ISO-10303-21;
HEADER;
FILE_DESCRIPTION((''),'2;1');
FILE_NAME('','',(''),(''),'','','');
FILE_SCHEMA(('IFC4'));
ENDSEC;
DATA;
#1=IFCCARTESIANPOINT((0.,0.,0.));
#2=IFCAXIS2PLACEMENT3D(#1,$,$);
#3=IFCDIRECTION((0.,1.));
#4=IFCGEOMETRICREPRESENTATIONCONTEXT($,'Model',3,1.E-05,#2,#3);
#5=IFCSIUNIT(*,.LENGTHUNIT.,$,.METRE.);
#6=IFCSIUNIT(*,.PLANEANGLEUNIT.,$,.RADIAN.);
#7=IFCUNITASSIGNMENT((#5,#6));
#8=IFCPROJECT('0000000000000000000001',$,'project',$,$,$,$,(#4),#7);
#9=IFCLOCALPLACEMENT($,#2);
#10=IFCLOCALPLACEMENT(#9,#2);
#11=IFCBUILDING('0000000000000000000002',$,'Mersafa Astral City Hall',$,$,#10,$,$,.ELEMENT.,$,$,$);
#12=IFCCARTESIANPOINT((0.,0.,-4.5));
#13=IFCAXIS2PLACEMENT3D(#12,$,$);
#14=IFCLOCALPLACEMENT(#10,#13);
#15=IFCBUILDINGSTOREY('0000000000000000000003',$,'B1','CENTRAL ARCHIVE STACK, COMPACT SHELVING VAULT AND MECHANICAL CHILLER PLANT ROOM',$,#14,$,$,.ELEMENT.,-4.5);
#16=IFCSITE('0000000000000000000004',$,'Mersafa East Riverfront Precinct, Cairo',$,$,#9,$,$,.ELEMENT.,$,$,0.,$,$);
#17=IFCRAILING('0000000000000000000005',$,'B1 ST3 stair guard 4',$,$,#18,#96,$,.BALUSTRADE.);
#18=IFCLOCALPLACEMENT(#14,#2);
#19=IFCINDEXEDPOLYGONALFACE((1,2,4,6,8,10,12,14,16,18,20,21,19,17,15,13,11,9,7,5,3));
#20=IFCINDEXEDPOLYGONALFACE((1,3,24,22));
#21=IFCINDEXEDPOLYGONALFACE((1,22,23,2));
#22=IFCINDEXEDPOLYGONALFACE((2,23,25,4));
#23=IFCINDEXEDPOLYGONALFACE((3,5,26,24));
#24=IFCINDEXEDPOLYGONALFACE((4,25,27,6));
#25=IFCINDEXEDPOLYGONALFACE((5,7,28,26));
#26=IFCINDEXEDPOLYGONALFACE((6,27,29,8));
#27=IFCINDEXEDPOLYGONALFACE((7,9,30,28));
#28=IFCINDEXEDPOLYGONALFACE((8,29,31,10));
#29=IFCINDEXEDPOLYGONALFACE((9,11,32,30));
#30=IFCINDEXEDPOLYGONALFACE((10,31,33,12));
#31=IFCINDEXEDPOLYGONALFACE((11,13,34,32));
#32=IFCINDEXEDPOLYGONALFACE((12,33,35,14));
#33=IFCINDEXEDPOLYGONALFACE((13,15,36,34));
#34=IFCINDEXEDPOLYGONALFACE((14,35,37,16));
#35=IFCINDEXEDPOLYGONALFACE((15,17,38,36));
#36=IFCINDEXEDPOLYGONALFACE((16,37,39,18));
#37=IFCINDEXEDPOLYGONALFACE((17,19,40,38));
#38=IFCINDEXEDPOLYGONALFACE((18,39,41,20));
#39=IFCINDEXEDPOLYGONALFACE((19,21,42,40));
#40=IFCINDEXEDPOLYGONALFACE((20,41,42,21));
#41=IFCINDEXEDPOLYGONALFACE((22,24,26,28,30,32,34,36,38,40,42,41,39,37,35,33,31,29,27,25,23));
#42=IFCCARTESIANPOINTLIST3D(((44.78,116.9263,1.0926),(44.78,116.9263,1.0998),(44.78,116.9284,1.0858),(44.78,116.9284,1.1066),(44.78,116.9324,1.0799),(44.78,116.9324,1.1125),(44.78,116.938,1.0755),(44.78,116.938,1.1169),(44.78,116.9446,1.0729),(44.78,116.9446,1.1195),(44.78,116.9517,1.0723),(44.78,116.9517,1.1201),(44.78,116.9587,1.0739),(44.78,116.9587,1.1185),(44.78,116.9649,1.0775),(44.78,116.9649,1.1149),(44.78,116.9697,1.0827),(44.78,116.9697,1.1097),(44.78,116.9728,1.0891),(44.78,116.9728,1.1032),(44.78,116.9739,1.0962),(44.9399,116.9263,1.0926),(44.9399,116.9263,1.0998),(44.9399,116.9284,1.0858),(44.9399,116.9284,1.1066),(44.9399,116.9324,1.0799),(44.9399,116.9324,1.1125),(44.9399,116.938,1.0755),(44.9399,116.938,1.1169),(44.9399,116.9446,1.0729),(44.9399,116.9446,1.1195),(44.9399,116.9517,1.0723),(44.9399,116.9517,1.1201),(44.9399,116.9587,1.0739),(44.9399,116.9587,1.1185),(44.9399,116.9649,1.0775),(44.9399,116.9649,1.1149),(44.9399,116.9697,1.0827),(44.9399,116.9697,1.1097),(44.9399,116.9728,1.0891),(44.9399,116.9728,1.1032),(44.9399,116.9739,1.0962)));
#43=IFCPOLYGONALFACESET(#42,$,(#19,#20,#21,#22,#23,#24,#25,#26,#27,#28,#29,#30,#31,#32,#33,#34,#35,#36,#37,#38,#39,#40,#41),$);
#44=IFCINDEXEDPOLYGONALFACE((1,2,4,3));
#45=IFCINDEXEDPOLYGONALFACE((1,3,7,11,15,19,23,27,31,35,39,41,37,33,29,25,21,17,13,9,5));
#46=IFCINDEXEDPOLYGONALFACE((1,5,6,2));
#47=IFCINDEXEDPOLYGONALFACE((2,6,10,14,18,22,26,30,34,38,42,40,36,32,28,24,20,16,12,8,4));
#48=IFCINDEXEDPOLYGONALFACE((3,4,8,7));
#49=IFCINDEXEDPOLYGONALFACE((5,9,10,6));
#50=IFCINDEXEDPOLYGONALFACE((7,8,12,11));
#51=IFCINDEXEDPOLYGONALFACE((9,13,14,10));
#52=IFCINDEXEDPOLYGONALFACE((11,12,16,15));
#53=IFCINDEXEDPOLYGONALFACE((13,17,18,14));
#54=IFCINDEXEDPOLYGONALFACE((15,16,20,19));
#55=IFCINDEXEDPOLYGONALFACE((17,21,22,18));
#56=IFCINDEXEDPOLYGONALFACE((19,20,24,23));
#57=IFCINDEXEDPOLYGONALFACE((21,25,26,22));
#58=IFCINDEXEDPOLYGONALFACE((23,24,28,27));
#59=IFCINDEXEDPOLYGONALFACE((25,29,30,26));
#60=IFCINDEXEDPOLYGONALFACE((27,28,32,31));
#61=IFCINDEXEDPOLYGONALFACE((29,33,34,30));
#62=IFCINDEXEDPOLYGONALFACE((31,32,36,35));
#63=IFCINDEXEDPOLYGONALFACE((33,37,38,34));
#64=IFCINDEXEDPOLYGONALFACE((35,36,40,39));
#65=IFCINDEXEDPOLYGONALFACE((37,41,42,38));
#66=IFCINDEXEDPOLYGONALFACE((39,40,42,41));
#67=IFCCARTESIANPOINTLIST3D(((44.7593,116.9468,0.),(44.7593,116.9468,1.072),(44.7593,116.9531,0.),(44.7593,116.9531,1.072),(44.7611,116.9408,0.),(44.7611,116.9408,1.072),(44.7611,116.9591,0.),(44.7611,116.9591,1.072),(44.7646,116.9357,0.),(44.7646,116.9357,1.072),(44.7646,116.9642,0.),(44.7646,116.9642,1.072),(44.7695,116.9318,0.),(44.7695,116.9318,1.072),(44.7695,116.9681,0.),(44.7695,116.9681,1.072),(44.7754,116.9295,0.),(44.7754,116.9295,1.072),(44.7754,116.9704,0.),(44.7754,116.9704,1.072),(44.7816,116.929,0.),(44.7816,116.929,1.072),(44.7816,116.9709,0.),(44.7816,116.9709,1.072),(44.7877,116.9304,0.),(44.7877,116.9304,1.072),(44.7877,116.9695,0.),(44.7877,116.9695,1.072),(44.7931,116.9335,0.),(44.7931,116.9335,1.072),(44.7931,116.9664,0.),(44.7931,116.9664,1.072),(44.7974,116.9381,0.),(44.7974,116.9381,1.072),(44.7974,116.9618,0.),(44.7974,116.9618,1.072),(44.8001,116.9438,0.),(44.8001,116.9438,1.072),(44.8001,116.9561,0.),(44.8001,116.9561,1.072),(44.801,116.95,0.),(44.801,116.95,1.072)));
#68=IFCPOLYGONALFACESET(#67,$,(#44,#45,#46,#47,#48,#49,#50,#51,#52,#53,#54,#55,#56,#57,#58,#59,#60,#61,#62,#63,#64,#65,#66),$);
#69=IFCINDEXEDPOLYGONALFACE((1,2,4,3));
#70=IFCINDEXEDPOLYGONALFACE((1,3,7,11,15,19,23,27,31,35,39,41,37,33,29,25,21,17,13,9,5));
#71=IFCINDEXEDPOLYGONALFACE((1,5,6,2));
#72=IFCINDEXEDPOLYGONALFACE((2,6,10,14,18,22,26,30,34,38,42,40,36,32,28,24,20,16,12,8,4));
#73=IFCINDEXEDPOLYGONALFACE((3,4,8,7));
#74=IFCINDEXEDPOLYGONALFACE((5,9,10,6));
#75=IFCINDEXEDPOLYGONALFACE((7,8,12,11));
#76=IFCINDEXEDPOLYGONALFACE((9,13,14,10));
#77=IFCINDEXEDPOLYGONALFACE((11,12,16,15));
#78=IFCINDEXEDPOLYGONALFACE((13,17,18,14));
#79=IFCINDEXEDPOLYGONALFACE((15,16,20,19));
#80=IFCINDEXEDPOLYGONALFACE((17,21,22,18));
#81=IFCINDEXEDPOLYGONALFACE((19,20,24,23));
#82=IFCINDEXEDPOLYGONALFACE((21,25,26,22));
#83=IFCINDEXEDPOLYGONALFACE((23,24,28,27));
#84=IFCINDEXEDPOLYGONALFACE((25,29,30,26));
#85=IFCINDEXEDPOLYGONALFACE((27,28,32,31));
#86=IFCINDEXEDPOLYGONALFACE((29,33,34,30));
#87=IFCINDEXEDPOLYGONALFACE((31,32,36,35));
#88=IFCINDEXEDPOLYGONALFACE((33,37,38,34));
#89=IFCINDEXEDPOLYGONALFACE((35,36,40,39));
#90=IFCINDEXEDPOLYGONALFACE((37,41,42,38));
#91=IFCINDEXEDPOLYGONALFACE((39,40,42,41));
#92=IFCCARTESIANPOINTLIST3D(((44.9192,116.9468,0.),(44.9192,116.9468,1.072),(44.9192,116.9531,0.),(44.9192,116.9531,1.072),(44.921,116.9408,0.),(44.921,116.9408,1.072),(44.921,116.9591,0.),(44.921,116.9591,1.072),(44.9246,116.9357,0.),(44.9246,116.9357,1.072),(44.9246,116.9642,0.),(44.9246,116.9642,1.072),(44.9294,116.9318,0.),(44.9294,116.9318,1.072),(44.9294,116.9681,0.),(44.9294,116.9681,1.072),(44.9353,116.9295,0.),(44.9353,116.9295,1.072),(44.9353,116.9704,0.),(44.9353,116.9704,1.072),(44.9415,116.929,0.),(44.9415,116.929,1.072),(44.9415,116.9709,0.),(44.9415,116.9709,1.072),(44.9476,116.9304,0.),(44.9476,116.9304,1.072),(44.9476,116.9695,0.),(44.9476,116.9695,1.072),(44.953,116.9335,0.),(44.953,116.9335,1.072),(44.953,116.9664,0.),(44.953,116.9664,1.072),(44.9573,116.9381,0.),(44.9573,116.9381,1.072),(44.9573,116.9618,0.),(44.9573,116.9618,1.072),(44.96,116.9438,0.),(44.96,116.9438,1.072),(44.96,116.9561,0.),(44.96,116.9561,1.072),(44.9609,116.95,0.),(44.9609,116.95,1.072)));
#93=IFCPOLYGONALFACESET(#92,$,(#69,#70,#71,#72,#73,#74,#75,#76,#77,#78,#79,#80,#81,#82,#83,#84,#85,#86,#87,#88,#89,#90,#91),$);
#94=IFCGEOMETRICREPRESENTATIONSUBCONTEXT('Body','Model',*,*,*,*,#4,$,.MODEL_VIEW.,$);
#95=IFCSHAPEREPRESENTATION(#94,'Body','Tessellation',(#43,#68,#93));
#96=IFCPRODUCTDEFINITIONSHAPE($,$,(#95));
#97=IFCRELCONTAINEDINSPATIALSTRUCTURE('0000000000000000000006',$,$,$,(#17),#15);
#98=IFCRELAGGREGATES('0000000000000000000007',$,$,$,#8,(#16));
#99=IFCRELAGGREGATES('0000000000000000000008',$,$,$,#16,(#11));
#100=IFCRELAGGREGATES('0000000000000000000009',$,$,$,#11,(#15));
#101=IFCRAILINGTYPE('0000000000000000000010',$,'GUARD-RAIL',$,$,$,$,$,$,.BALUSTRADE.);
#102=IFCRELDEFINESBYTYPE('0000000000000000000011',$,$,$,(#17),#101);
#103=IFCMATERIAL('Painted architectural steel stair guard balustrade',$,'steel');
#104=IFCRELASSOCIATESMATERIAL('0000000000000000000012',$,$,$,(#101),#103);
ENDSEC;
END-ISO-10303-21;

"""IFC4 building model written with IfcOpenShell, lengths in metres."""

from ifc_helpers import new_model, si_unit, direction, frame, origin, origin_2d, place, context, subcontext, project, spatial, circle, extrude, material, type_object, element, save


model = new_model("IFC4")

# Units and contexts
model_context = context("Model", 3, precision=1e-05, world=origin(), true_north=direction((0.0, 1.0)))
body_context = subcontext(model_context, "Body", "Model", "MODEL_VIEW")
ifc_project = project(units=[si_unit("LENGTHUNIT", "METRE"), si_unit("PLANEANGLEUNIT", "RADIAN")], contexts=[model_context])

# Site, building, storey
site_placement = place(None, origin())
site = spatial("IfcSite", under=ifc_project, at=site_placement, Name="Mersafa East Riverfront Precinct, Cairo", CompositionType="ELEMENT", RefElevation=0.0)
building_placement = place(site_placement, origin())
building = spatial("IfcBuilding", under=site, at=building_placement, Name="Mersafa Astral City Hall", CompositionType="ELEMENT")
storey_placement = place(building_placement, frame((0.0, 0.0, -4.5)))
storey = spatial("IfcBuildingStorey", under=building, at=storey_placement, Name="B1", Description="CENTRAL ARCHIVE STACK, COMPACT SHELVING VAULT AND MECHANICAL CHILLER PLANT ROOM", CompositionType="ELEMENT", Elevation=-4.5)

# Railing
ifc_material_1 = material(Name="Painted architectural steel stair guard balustrade", Category="steel")
railing_type_1 = type_object("IfcRailingType", Name="GUARD-RAIL", PredefinedType="BALUSTRADE", material=ifc_material_1)
railing_1_placement = place(storey_placement, frame((44.78, 116.95, 0.0)))
element("IfcRailing", 1, at=railing_1_placement, inside=storey, type_object=railing_type_1, Name="B1 ST3 stair guard 4", PredefinedType="BALUSTRADE", context=body_context, shape_type="SweptSolid", body=[
    extrude(circle(Radius=0.0239, at=origin_2d()), frame((0.0, 0.0, 1.0962), z_axis=(1.0, 0.0, 0.0), x_axis=(0.0, 1.0, 0.0)), (0.0, 0.0, 1.0), 0.1599),
    extrude(circle(Radius=0.021, at=origin_2d()), origin(), (0.0, 0.0, 1.0), 1.072),
    extrude(circle(Radius=0.021, at=origin_2d()), frame((0.1599, 0.0, 0.0)), (0.0, 0.0, 1.0), 1.072),
])

save(model, "model.ifc")
